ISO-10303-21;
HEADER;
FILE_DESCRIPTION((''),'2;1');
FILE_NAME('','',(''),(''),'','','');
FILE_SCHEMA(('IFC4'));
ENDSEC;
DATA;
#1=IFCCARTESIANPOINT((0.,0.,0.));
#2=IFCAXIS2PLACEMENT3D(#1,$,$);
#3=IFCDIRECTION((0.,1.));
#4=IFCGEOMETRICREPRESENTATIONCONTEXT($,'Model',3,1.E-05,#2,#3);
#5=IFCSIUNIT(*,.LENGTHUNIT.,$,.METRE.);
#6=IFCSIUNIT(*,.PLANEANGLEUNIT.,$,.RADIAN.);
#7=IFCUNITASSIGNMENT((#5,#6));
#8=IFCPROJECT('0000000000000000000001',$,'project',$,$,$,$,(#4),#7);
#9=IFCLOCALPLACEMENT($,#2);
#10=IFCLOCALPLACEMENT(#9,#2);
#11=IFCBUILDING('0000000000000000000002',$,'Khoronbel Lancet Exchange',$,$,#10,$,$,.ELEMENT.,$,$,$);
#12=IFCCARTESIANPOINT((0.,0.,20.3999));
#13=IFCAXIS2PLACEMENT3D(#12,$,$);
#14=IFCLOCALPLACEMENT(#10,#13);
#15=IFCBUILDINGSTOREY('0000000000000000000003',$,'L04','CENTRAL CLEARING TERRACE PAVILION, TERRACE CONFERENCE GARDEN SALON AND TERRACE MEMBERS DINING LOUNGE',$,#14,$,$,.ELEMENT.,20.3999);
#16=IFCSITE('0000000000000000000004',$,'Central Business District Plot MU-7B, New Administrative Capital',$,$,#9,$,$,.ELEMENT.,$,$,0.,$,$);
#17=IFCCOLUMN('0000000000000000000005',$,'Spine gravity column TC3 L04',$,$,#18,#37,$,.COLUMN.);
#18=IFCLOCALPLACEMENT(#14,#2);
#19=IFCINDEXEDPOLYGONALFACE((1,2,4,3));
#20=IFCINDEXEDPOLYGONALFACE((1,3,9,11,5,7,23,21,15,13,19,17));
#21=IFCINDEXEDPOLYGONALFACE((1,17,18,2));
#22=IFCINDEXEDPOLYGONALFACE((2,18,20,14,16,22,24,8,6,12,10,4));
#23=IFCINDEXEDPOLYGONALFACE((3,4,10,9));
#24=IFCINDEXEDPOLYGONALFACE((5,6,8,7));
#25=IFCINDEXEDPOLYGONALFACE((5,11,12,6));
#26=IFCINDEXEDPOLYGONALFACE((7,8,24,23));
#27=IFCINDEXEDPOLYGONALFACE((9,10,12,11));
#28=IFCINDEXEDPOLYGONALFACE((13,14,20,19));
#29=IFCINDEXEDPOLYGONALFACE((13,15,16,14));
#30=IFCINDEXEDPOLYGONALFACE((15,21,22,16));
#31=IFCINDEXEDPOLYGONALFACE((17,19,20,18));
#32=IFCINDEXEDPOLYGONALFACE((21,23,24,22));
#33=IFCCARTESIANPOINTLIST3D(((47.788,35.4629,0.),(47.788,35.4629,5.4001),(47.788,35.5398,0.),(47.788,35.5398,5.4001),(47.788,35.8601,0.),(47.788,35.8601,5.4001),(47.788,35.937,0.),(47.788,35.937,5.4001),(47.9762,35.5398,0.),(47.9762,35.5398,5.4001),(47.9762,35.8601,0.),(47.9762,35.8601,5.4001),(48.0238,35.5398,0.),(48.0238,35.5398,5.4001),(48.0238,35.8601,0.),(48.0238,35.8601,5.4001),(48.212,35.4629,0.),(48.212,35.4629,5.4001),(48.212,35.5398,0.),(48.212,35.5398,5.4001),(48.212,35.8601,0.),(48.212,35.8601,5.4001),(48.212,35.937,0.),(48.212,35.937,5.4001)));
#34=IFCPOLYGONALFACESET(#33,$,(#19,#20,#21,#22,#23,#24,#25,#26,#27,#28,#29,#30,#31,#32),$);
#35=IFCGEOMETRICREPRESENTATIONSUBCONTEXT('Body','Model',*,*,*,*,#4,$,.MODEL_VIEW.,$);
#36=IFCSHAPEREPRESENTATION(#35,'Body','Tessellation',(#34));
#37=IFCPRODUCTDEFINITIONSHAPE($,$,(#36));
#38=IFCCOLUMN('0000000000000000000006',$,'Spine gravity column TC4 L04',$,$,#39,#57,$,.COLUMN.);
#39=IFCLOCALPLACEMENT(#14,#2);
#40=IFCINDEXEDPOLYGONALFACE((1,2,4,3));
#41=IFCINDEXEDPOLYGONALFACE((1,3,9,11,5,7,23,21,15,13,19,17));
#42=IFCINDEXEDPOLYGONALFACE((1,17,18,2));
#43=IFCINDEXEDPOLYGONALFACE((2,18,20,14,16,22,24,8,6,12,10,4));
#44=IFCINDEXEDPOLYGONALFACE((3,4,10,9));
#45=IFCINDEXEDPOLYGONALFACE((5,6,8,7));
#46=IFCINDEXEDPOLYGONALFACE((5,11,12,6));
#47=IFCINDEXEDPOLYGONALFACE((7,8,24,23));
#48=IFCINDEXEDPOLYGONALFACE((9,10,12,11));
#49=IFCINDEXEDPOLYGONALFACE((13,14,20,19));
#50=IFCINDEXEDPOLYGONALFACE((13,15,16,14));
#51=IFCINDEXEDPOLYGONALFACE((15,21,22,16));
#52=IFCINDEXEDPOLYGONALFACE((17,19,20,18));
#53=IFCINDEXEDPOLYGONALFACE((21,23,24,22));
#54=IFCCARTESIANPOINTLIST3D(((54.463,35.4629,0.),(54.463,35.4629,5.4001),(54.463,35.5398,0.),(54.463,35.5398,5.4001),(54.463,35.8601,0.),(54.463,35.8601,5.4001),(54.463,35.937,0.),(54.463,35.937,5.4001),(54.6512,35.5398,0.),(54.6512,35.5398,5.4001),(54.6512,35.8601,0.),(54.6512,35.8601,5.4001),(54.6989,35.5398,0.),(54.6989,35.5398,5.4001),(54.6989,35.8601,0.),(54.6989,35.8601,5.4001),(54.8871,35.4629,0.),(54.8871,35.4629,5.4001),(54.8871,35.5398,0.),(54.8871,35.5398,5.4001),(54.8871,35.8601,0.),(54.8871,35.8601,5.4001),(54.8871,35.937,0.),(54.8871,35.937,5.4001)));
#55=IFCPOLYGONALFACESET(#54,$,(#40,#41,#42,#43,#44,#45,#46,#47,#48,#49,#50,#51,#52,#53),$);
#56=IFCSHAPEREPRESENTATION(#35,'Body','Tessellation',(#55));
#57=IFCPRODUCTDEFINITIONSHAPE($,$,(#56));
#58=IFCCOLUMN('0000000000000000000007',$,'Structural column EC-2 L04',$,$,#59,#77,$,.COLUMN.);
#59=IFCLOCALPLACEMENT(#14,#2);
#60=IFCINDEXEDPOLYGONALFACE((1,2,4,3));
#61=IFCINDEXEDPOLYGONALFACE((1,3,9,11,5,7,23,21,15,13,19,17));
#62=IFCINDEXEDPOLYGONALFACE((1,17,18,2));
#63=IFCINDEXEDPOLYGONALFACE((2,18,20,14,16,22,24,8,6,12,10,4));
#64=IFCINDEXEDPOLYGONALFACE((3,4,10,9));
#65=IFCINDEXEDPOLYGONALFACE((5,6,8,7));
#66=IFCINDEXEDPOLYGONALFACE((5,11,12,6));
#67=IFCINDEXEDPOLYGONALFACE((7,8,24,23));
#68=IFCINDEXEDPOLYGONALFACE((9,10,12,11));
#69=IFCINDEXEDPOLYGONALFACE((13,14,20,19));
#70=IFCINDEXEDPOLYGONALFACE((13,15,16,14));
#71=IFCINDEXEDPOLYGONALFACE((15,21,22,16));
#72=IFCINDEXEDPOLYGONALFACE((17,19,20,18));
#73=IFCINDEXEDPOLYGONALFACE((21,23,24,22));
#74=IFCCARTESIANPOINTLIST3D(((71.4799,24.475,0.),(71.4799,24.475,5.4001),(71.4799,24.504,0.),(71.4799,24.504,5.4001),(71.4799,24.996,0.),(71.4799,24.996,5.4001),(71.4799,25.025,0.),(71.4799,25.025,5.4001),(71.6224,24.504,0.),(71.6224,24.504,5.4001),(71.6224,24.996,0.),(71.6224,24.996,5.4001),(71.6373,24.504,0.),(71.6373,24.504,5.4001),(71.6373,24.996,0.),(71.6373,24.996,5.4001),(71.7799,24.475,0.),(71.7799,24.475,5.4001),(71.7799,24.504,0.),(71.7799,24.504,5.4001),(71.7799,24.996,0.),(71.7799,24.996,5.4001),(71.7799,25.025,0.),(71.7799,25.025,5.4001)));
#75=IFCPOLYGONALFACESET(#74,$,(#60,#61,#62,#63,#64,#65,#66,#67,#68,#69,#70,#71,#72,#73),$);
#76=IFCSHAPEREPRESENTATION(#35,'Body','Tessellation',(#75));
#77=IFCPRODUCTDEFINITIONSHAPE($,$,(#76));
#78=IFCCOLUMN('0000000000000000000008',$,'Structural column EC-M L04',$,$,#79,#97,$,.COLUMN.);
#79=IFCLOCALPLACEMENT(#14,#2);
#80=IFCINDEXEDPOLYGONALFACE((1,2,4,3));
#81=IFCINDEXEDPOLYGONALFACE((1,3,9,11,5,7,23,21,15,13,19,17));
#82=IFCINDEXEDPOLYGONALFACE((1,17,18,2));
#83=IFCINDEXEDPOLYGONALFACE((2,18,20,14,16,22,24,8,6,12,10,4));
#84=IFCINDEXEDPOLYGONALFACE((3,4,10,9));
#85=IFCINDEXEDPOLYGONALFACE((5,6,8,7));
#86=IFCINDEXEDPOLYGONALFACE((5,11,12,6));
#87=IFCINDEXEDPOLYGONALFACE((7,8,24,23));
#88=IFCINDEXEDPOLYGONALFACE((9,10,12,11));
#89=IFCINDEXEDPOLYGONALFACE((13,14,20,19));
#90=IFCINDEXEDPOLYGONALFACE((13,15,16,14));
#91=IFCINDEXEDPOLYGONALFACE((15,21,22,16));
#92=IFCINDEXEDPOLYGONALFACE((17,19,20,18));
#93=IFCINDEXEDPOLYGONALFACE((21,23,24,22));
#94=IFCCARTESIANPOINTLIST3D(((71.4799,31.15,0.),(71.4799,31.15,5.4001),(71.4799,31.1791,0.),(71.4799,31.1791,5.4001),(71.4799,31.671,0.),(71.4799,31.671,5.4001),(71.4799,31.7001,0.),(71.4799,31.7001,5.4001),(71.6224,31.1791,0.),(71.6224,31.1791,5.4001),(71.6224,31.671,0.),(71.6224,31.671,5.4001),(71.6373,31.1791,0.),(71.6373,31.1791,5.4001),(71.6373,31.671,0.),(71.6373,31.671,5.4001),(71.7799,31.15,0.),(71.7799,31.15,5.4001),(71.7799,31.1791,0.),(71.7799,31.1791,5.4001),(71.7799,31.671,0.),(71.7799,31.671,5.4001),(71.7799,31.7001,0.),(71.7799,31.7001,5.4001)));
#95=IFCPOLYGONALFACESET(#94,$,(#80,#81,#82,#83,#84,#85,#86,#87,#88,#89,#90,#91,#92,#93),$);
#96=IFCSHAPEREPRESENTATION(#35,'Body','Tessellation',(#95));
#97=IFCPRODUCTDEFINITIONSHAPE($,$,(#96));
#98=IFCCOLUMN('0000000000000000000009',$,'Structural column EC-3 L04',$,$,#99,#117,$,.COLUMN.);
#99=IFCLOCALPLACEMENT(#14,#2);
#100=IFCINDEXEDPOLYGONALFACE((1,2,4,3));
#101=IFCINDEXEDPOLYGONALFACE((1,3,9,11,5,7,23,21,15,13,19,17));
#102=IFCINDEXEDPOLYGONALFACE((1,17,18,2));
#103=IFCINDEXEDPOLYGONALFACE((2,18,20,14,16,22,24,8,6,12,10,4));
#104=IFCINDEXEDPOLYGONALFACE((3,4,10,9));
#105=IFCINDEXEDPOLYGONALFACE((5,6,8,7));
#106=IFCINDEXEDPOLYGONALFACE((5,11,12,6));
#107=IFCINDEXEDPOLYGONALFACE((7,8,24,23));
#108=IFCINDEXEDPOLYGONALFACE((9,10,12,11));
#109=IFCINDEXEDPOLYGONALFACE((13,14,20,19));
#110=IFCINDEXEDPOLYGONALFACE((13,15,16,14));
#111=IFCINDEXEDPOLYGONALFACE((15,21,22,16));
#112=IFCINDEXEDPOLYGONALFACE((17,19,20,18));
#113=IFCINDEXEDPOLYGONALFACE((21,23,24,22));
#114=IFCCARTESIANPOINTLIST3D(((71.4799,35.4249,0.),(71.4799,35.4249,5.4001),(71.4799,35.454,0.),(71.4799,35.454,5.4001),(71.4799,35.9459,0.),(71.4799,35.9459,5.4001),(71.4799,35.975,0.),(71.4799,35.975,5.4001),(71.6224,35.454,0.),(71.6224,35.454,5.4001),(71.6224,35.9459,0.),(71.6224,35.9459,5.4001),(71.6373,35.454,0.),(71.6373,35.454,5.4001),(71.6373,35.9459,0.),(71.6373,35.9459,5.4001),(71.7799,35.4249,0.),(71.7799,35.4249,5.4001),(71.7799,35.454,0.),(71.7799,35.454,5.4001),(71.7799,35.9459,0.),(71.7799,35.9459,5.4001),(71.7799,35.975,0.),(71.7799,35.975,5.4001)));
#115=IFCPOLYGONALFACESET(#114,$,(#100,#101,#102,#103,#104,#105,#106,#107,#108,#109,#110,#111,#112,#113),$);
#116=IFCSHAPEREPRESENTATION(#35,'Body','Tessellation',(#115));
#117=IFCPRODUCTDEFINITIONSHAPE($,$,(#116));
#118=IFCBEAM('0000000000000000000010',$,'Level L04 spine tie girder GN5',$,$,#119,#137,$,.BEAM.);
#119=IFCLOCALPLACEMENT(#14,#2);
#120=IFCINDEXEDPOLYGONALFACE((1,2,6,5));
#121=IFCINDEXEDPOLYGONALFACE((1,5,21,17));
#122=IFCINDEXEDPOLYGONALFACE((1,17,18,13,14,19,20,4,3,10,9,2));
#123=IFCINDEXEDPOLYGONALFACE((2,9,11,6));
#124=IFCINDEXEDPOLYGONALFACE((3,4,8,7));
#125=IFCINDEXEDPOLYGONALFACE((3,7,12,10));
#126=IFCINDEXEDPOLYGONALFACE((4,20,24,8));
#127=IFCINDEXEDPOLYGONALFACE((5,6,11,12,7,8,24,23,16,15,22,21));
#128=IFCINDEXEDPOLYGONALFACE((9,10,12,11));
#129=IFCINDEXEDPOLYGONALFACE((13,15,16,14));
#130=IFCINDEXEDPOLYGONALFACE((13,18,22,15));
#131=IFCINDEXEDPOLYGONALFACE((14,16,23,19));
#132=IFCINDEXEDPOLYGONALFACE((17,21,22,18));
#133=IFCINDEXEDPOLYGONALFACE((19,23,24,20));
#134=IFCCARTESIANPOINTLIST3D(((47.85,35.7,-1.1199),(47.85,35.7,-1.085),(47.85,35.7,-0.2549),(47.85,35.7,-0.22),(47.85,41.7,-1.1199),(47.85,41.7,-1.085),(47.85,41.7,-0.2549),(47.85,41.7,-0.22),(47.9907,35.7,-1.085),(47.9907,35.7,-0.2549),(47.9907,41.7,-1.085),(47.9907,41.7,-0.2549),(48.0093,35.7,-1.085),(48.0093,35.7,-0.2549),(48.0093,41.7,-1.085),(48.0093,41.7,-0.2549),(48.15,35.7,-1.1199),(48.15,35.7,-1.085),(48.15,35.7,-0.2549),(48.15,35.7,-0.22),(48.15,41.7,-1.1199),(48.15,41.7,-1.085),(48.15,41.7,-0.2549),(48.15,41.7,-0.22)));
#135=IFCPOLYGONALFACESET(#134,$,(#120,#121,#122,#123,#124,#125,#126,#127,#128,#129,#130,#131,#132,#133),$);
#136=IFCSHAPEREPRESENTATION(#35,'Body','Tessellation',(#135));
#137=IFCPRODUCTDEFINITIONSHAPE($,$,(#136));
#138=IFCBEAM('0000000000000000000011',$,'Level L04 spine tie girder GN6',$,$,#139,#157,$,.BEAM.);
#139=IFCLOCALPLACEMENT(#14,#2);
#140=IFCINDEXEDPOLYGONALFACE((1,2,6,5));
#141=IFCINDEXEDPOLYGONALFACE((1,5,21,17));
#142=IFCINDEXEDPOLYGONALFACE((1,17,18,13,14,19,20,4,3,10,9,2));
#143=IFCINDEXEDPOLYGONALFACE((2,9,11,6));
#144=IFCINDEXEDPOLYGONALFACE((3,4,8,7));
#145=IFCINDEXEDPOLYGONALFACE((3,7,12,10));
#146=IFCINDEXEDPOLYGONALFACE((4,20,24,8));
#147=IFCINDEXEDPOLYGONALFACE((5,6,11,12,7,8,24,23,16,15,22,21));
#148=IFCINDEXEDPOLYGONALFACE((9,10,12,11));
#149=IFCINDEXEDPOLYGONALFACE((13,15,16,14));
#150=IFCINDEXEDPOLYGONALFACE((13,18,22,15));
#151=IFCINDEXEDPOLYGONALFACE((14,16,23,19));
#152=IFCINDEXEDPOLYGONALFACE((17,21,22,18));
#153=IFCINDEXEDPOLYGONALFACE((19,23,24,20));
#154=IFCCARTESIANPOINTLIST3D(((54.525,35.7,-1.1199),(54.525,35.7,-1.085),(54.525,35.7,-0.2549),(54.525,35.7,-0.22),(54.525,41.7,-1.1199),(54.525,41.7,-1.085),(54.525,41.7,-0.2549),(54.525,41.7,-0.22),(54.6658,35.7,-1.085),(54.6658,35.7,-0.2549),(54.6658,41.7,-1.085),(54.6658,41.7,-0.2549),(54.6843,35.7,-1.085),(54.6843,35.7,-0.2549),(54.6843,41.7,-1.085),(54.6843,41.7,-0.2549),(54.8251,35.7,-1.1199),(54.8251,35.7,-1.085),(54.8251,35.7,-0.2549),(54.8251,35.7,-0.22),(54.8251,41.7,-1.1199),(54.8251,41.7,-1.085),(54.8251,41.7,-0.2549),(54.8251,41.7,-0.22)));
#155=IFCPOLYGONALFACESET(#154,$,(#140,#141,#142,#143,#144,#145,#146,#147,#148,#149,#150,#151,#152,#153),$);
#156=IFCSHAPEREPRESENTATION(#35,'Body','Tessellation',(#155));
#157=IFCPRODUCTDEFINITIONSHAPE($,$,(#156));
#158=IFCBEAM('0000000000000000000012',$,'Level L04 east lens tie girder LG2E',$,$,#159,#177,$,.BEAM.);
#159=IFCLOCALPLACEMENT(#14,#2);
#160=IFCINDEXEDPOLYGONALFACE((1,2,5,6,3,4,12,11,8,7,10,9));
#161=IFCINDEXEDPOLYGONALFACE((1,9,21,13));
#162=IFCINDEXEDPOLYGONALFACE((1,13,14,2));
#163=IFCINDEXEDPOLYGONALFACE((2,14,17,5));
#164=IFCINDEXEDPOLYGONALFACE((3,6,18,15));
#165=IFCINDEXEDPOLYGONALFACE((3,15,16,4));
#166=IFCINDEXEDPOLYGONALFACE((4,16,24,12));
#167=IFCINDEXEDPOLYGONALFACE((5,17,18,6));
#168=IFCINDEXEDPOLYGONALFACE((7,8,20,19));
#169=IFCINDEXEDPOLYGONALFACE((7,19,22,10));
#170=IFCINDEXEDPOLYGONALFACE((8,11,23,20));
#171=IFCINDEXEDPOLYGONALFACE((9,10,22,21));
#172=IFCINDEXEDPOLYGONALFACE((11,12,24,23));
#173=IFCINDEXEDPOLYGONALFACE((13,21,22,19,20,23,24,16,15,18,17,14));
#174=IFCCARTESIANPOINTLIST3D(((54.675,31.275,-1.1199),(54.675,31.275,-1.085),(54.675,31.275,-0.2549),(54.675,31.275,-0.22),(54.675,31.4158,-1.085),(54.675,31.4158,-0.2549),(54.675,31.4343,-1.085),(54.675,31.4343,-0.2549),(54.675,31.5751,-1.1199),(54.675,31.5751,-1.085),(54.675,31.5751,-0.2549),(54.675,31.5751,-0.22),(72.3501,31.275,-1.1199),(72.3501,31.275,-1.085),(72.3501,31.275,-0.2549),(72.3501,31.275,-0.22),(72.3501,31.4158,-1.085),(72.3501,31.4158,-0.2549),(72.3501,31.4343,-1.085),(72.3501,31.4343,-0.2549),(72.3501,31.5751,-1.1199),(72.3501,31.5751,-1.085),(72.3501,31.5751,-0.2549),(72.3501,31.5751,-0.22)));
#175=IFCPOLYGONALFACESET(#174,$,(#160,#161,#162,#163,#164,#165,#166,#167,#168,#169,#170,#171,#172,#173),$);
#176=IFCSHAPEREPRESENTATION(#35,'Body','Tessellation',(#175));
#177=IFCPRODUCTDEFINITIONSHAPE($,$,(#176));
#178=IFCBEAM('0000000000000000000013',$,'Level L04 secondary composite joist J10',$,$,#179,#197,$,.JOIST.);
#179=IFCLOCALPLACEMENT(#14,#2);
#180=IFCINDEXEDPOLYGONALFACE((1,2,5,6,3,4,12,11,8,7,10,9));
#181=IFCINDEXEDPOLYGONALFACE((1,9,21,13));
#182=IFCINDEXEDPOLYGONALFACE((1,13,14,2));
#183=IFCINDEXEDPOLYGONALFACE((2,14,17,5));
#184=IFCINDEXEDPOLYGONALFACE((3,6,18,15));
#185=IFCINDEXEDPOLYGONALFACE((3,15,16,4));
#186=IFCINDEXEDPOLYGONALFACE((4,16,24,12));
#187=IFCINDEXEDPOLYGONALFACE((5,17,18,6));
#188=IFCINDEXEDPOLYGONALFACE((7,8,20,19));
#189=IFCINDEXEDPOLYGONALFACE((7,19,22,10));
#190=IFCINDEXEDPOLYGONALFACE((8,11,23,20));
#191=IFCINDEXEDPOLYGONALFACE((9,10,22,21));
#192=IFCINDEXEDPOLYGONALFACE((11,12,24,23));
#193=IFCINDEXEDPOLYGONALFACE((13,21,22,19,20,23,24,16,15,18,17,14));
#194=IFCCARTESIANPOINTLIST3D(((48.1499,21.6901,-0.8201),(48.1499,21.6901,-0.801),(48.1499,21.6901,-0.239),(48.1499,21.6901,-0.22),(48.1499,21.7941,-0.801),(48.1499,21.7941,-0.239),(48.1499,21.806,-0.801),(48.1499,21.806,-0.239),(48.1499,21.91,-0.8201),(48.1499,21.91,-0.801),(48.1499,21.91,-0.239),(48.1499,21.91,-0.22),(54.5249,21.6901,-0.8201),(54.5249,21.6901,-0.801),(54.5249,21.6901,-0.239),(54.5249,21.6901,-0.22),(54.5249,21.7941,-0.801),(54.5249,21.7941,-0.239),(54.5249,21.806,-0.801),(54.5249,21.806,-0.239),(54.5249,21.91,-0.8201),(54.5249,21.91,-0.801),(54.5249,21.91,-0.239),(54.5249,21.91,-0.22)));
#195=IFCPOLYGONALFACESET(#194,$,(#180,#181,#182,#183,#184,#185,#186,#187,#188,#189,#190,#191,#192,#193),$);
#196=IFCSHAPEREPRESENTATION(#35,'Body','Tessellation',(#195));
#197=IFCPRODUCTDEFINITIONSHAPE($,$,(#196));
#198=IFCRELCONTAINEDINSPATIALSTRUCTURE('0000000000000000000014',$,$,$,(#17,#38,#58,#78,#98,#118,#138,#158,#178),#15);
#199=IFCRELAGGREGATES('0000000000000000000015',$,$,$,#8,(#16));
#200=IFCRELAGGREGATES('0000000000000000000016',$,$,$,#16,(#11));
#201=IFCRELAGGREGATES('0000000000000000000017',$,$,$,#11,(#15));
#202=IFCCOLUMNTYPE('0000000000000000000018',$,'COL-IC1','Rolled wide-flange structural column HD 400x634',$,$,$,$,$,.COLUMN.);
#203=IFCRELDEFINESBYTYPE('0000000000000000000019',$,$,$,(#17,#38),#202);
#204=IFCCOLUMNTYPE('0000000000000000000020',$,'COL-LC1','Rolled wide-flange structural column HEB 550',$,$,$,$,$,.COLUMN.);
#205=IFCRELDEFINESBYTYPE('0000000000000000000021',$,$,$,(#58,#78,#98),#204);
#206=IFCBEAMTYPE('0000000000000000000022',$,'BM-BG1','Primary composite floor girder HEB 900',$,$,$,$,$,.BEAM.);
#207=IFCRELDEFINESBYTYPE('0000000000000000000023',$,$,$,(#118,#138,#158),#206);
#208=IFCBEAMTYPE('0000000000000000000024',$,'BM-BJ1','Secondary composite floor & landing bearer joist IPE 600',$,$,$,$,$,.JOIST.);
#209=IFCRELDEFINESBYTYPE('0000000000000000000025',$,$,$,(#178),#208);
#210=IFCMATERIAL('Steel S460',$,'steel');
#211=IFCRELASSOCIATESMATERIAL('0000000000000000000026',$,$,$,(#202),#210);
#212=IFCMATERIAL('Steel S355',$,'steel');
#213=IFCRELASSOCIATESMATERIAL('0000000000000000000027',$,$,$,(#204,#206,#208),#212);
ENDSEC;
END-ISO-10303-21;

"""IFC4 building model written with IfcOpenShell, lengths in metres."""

from ifc_helpers import new_model, si_unit, direction, frame, origin, origin_2d, place, context, subcontext, project, spatial, i_section, extrude, material, material_profile, profile_set, type_object, element, save


model = new_model("IFC4")

# Units and contexts
model_context = context("Model", 3, precision=1e-05, world=origin(), true_north=direction((0.0, 1.0)))
body_context = subcontext(model_context, "Body", "Model", "MODEL_VIEW")
ifc_project = project(units=[si_unit("LENGTHUNIT", "METRE"), si_unit("PLANEANGLEUNIT", "RADIAN")], contexts=[model_context])

# Site, building, storey
site_placement = place(None, origin())
site = spatial("IfcSite", under=ifc_project, at=site_placement, Name="Central Business District Plot MU-7B, New Administrative Capital", CompositionType="ELEMENT", RefElevation=0.0)
building_placement = place(site_placement, origin())
building = spatial("IfcBuilding", under=site, at=building_placement, Name="Khoronbel Lancet Exchange", CompositionType="ELEMENT")
storey_placement = place(building_placement, frame((0.0, 0.0, 20.3999)))
storey = spatial("IfcBuildingStorey", under=building, at=storey_placement, Name="L04", Description="CENTRAL CLEARING TERRACE PAVILION, TERRACE CONFERENCE GARDEN SALON AND TERRACE MEMBERS DINING LOUNGE", CompositionType="ELEMENT", Elevation=20.3999)

# Columns
ifc_material_1 = material(Name="Steel S460", Category="steel")
ifc_material_profile_1 = material_profile(ifc_material_1, i_section(OverallWidth=0.4241, OverallDepth=0.4741, WebThickness=0.0476, FlangeThickness=0.0769, at=origin_2d()), Name="HD 400x634")
ifc_profile_set_1 = profile_set([ifc_material_profile_1], Name="Steel S460")
column_type_1 = type_object("IfcColumnType", Name="COL-IC1", Description="Rolled wide-flange structural column HD 400x634", PredefinedType="COLUMN", material=ifc_profile_set_1)
for number, where, z_axis, x_axis, name in (
    (1, (48.0, 35.7, 0.0), (0.0, 0.0, 1.0), (1.0, 0.0, 0.0), "Spine gravity column TC3 L04"),
    (2, (54.675, 35.7, 0.0), (0.0, 0.0, 1.0), (1.0, 0.0, 0.0), "Spine gravity column TC4 L04"),
):
    element("IfcColumn", number, at=place(storey_placement, frame(where, z_axis=z_axis, x_axis=x_axis)), inside=storey, type_object=column_type_1, Name=name, PredefinedType="COLUMN", context=body_context, shape_type="SweptSolid", body=[
        extrude(i_section(OverallWidth=0.4241, OverallDepth=0.4741, WebThickness=0.0476, FlangeThickness=0.0769, at=origin_2d()), origin(), (0.0, 0.0, 1.0), 5.4001),
    ])
ifc_material_2 = material(Name="Steel S355", Category="steel")
ifc_material_profile_2 = material_profile(ifc_material_2, i_section(OverallWidth=0.3, OverallDepth=0.55, WebThickness=0.0149, FlangeThickness=0.0291, at=origin_2d()), Name="HEB 550")
ifc_profile_set_2 = profile_set([ifc_material_profile_2], Name="Steel S355")
column_type_2 = type_object("IfcColumnType", Name="COL-LC1", Description="Rolled wide-flange structural column HEB 550", PredefinedType="COLUMN", material=ifc_profile_set_2)
for number, where, z_axis, x_axis, name in (
    (3, (71.6299, 24.75, 0.0), (0.0, 0.0, 1.0), (1.0, 0.0, 0.0), "Structural column EC-2 L04"),
    (4, (71.6299, 31.425, 0.0), (0.0, 0.0, 1.0), (1.0, 0.0, 0.0), "Structural column EC-M L04"),
    (5, (71.6299, 35.7, 0.0), (0.0, 0.0, 1.0), (1.0, 0.0, 0.0), "Structural column EC-3 L04"),
):
    element("IfcColumn", number, at=place(storey_placement, frame(where, z_axis=z_axis, x_axis=x_axis)), inside=storey, type_object=column_type_2, Name=name, PredefinedType="COLUMN", context=body_context, shape_type="SweptSolid", body=[
        extrude(i_section(OverallWidth=0.3, OverallDepth=0.55, WebThickness=0.0149, FlangeThickness=0.0291, at=origin_2d()), origin(), (0.0, 0.0, 1.0), 5.4001),
    ])

# Beams
ifc_material_profile_3 = material_profile(ifc_material_2, i_section(OverallWidth=0.3, OverallDepth=0.8999, WebThickness=0.0186, FlangeThickness=0.0349, at=origin_2d()), Name="HEB 900")
ifc_profile_set_3 = profile_set([ifc_material_profile_3], Name="Steel S355")
beam_type_1 = type_object("IfcBeamType", Name="BM-BG1", Description="Primary composite floor girder HEB 900", PredefinedType="BEAM", material=ifc_profile_set_3)
for number, where, z_axis, x_axis, name in (
    (6, (48.0, 35.7, -0.6699), (0.0, 1.0, 0.0), (-1.0, 0.0, 0.0), "Level L04 spine tie girder GN5"),
    (7, (54.675, 35.7, -0.6699), (0.0, 1.0, 0.0), (-1.0, 0.0, 0.0), "Level L04 spine tie girder GN6"),
):
    element("IfcBeam", number, at=place(storey_placement, frame(where, z_axis=z_axis, x_axis=x_axis)), inside=storey, type_object=beam_type_1, Name=name, PredefinedType="BEAM", context=body_context, shape_type="SweptSolid", body=[
        extrude(i_section(OverallWidth=0.3, OverallDepth=0.8999, WebThickness=0.0186, FlangeThickness=0.0349, at=origin_2d()), origin(), (0.0, 0.0, 1.0), 6.0),
    ])
beam_1_placement = place(storey_placement, frame((54.675, 31.425, -0.6699), z_axis=(1.0, 0.0, 0.0), x_axis=(0.0, 1.0, 0.0)))
element("IfcBeam", 8, at=beam_1_placement, inside=storey, type_object=beam_type_1, Name="Level L04 east lens tie girder LG2E", PredefinedType="BEAM", context=body_context, shape_type="SweptSolid", body=[
    extrude(i_section(OverallWidth=0.3, OverallDepth=0.8999, WebThickness=0.0186, FlangeThickness=0.0349, at=origin_2d()), origin(), (0.0, 0.0, 1.0), 17.675),
])
ifc_material_profile_4 = material_profile(ifc_material_2, i_section(OverallWidth=0.22, OverallDepth=0.6001, WebThickness=0.012, FlangeThickness=0.019, at=origin_2d()), Name="IPE 600")
ifc_profile_set_4 = profile_set([ifc_material_profile_4], Name="Steel S355")
beam_type_2 = type_object("IfcBeamType", Name="BM-BJ1", Description="Secondary composite floor & landing bearer joist IPE 600", PredefinedType="JOIST", material=ifc_profile_set_4)
beam_2_placement = place(storey_placement, frame((48.1499, 21.8, -0.52), z_axis=(1.0, 0.0, 0.0), x_axis=(0.0, 1.0, 0.0)))
element("IfcBeam", 9, at=beam_2_placement, inside=storey, type_object=beam_type_2, Name="Level L04 secondary composite joist J10", PredefinedType="JOIST", context=body_context, shape_type="SweptSolid", body=[
    extrude(i_section(OverallWidth=0.22, OverallDepth=0.6001, WebThickness=0.012, FlangeThickness=0.019, at=origin_2d()), origin(), (0.0, 0.0, 1.0), 6.375),
])

save(model, "model.ifc")
